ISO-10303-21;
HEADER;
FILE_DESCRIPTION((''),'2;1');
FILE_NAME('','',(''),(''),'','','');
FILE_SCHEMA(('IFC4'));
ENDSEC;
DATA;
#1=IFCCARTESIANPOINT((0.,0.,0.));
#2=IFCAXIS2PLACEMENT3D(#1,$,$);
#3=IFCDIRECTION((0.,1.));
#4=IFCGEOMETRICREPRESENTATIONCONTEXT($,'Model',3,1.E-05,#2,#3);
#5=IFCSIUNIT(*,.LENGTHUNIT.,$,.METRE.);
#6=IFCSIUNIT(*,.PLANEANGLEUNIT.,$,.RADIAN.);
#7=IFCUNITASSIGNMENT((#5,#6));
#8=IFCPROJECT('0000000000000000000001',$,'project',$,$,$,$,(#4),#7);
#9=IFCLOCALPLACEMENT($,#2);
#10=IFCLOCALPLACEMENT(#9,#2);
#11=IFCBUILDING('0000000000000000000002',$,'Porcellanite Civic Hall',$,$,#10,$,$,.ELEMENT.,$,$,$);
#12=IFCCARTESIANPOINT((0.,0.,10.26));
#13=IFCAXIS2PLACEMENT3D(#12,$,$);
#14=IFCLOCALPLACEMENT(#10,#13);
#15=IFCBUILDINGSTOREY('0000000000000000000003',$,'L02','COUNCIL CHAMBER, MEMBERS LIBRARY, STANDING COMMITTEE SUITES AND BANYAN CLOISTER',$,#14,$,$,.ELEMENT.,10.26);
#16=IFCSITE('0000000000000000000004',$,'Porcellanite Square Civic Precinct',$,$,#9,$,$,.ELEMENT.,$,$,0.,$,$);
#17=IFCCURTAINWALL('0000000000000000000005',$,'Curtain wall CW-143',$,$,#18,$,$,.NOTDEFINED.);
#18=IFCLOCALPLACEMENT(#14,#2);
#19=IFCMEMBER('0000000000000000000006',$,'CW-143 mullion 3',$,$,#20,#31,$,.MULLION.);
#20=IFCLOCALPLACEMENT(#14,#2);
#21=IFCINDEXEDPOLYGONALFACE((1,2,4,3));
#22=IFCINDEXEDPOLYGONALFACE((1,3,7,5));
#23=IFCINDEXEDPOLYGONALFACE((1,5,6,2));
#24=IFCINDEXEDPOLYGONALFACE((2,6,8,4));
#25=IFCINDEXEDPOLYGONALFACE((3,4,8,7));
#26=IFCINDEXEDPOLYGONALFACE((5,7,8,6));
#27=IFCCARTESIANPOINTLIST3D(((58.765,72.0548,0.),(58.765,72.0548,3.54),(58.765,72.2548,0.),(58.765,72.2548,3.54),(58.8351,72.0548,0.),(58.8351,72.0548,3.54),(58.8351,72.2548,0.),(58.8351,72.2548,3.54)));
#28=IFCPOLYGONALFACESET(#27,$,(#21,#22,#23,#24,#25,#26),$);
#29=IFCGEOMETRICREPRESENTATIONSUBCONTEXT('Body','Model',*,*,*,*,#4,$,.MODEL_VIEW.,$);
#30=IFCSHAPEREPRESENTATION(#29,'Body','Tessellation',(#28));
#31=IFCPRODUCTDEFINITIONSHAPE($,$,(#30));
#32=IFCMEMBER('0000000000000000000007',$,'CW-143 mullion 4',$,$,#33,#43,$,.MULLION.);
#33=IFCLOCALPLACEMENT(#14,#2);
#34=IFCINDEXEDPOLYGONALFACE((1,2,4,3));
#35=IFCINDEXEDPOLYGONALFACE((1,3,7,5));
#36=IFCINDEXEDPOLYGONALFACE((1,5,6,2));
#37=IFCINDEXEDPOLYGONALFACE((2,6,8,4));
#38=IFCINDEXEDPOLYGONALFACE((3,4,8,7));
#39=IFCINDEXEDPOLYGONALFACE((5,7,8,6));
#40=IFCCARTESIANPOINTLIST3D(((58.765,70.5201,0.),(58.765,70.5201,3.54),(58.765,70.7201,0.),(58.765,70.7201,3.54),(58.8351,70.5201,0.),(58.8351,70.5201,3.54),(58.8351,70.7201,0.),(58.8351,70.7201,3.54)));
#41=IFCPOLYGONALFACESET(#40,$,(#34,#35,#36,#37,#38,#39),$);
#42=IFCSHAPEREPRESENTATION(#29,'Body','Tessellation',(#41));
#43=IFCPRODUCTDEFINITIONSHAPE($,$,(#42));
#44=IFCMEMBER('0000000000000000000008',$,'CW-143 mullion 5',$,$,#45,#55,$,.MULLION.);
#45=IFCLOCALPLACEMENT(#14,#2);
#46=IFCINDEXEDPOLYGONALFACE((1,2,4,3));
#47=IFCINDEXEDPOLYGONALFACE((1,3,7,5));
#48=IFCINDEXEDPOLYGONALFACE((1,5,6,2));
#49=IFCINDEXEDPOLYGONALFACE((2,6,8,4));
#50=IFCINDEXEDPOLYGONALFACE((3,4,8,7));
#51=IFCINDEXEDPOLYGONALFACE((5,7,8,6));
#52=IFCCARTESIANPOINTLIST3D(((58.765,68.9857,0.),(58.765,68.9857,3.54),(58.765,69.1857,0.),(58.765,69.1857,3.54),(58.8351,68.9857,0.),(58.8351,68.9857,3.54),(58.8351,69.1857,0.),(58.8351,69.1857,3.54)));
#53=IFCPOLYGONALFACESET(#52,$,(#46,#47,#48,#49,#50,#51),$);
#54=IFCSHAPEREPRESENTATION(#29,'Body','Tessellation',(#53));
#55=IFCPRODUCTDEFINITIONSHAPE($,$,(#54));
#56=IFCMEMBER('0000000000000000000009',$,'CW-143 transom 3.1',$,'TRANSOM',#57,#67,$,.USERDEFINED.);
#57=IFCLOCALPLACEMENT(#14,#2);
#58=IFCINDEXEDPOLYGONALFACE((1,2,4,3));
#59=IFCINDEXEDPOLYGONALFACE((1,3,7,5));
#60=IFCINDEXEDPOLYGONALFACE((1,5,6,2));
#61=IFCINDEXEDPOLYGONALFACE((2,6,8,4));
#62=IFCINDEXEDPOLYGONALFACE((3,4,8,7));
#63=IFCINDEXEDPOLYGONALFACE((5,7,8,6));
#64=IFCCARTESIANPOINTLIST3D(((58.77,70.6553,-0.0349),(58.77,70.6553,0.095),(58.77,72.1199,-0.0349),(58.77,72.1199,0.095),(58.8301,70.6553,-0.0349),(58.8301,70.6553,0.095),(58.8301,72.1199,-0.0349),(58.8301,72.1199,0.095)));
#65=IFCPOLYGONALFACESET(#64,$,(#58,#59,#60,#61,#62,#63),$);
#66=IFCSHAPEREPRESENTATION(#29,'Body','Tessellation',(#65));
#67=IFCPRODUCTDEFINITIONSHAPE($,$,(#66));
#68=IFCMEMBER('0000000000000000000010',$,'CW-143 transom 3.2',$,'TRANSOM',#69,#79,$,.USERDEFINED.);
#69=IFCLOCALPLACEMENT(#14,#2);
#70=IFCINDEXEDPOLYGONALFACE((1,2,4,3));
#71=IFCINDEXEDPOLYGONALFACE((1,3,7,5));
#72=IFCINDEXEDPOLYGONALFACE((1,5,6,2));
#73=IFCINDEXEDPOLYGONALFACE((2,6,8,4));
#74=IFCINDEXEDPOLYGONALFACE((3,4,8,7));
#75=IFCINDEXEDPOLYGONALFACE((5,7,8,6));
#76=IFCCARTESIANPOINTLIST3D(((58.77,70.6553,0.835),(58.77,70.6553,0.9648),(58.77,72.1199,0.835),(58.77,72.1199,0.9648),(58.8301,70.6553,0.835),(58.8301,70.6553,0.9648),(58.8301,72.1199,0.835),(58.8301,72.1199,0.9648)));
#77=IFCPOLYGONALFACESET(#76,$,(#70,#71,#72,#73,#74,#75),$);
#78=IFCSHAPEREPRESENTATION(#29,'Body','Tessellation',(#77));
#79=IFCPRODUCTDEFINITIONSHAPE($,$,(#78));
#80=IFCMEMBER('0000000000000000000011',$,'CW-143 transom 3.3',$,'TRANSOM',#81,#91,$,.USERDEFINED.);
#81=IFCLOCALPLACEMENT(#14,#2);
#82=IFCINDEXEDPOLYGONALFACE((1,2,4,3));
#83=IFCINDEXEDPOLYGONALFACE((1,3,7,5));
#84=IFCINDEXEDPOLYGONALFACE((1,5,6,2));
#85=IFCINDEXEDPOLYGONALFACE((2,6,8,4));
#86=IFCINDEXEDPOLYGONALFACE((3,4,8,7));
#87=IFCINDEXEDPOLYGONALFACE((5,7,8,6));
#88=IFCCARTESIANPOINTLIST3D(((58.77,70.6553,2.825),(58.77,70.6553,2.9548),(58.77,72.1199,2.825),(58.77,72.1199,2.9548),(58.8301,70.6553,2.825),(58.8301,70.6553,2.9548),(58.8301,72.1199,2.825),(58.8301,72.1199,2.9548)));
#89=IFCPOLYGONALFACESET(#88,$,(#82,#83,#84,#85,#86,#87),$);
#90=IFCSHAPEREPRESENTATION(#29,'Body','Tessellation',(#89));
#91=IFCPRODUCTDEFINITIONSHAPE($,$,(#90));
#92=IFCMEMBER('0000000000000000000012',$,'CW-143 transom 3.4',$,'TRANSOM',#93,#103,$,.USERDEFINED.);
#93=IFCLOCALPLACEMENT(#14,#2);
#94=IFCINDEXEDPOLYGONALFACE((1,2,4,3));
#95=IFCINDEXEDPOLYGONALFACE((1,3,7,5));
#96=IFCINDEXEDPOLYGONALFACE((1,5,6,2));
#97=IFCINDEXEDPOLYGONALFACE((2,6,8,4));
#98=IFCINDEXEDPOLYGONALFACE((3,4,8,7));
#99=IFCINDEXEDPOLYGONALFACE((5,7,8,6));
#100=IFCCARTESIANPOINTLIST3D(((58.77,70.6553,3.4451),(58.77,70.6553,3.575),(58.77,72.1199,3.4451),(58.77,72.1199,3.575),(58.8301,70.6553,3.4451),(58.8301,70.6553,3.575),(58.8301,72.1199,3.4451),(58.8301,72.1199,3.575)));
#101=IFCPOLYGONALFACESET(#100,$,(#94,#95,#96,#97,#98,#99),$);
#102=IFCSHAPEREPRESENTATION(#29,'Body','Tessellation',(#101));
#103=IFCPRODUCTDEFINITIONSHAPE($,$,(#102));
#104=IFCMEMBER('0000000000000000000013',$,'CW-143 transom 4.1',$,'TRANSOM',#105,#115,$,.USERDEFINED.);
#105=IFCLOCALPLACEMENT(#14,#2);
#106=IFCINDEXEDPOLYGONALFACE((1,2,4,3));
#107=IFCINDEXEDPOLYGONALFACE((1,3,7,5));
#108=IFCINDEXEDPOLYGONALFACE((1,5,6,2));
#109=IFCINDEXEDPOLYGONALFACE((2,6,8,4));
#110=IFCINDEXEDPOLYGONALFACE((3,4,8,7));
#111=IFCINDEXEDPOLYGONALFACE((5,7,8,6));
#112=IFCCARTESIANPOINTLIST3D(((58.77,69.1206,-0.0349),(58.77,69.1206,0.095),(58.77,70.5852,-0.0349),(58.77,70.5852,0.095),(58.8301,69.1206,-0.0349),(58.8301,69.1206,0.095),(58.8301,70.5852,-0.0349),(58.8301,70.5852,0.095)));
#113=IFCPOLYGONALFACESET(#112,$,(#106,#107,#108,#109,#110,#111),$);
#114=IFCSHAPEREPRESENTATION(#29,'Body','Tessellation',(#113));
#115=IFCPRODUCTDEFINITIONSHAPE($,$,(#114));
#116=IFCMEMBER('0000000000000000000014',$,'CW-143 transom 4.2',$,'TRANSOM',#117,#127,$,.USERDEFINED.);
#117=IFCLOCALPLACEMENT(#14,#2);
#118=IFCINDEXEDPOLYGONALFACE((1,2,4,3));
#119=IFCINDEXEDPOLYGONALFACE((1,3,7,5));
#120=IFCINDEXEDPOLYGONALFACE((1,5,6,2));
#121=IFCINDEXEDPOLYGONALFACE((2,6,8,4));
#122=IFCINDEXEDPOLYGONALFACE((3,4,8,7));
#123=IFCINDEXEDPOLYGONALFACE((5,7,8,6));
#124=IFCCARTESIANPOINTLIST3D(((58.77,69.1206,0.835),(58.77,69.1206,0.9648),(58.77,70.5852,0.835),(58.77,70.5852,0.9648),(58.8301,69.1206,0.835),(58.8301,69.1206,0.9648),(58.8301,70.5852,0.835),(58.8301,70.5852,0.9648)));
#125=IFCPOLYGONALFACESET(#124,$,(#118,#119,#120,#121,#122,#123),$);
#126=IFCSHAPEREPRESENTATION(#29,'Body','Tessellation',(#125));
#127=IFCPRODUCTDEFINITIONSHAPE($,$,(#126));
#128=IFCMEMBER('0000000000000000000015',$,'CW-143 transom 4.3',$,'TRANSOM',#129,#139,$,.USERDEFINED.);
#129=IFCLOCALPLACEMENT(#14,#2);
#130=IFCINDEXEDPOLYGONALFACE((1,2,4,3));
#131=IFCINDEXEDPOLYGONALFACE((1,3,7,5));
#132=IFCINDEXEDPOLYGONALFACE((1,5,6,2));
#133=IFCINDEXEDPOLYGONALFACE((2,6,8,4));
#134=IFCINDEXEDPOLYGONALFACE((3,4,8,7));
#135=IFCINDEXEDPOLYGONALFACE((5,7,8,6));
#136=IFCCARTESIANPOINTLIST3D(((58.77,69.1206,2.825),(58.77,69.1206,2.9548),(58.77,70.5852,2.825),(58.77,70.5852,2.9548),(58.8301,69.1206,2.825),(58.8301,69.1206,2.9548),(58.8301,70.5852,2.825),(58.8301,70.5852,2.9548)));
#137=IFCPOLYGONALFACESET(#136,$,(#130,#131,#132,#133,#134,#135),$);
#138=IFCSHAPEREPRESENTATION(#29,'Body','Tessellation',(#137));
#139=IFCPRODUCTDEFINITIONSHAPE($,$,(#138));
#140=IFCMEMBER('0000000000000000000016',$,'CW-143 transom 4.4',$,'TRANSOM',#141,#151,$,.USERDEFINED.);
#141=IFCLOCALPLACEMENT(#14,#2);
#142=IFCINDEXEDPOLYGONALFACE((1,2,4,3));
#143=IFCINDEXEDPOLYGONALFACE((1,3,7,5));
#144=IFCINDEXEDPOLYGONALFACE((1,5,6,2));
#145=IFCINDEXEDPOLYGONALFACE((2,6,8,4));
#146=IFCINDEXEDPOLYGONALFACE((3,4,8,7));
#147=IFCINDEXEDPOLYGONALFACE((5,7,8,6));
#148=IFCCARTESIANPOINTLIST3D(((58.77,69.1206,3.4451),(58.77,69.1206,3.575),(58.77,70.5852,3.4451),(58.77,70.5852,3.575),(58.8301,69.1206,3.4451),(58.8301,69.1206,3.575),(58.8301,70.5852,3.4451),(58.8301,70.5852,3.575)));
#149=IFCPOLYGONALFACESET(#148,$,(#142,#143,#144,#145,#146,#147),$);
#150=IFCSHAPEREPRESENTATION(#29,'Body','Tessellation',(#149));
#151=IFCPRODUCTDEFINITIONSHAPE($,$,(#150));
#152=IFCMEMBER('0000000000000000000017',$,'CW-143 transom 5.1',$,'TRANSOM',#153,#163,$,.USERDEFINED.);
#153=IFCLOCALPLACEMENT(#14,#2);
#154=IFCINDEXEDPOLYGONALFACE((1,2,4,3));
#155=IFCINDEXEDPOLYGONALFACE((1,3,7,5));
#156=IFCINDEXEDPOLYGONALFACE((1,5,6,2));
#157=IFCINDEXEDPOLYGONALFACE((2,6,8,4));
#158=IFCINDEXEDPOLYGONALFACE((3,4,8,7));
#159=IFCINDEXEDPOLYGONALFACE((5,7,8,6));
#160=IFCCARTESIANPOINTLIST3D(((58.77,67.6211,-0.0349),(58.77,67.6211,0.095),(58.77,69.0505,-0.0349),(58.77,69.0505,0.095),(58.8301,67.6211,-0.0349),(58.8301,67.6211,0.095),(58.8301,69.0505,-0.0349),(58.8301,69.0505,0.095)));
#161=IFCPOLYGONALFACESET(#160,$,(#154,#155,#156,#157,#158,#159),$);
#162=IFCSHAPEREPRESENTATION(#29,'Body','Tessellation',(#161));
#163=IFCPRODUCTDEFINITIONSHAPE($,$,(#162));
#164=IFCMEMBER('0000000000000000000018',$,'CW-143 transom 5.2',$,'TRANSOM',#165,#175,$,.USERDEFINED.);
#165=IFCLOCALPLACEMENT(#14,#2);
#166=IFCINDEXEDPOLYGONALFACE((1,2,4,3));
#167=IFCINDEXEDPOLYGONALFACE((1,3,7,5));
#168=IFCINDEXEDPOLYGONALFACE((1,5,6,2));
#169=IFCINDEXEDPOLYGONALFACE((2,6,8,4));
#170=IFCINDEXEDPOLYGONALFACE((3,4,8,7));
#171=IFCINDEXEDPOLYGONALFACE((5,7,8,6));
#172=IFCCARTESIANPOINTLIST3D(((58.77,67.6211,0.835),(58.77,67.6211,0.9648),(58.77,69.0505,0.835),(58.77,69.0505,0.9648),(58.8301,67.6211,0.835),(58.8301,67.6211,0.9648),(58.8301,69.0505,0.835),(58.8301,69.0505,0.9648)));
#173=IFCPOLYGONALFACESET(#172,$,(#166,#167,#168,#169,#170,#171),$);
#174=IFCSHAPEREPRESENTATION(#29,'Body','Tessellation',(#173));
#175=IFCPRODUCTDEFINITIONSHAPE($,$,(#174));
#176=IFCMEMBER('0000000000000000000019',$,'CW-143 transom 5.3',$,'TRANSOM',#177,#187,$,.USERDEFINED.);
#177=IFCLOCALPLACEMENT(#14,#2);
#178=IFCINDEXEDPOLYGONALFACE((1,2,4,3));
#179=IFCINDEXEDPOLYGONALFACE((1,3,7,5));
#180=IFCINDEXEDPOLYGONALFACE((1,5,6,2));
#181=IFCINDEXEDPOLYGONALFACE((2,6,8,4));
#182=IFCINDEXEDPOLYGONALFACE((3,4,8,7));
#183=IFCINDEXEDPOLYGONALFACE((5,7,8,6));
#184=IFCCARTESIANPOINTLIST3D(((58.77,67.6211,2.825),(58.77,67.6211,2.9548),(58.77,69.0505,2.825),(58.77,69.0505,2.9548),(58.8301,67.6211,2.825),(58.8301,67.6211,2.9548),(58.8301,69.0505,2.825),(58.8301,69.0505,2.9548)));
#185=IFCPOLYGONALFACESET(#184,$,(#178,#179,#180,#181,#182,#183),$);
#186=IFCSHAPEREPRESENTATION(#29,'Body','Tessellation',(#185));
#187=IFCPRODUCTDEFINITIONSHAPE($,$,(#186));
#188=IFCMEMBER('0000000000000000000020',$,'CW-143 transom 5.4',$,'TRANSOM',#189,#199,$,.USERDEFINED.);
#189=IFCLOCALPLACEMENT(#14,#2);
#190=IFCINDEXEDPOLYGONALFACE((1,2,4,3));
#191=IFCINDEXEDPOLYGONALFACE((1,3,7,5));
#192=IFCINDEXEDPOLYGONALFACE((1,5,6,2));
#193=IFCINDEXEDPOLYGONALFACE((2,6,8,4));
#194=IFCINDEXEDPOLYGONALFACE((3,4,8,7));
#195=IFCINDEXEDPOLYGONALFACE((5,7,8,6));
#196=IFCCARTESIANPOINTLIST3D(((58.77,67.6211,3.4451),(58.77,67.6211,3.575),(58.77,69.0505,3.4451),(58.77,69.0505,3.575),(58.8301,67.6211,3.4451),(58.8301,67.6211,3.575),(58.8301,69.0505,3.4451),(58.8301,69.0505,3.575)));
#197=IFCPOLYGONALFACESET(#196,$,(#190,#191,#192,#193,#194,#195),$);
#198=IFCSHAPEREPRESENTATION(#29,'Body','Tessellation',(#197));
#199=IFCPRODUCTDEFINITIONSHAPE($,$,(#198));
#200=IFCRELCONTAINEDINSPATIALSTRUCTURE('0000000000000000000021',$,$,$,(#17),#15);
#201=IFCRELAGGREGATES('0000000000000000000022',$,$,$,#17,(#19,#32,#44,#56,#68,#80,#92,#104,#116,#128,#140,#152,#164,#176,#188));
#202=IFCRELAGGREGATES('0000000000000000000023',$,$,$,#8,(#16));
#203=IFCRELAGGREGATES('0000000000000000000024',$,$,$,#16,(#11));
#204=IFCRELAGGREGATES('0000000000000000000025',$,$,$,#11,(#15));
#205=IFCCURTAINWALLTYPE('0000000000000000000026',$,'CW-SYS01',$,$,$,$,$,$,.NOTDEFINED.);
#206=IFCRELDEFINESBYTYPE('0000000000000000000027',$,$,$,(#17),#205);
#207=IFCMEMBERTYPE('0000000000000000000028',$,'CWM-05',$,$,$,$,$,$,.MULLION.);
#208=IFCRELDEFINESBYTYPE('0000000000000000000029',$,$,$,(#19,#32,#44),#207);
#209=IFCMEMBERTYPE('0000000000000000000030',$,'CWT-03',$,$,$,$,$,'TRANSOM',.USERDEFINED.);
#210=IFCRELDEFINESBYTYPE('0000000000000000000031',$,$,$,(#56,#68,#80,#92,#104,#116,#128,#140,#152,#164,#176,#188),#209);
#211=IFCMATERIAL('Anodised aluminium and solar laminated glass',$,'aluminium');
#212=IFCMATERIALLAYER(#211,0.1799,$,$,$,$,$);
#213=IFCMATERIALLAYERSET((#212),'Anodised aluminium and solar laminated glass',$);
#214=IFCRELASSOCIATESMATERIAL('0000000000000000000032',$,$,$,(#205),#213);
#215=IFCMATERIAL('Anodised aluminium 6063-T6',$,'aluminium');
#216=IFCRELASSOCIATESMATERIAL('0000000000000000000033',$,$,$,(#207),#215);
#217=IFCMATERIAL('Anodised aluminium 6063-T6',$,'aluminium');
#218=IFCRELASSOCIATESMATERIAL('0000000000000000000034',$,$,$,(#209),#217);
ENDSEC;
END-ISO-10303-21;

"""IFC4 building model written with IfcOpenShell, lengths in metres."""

from ifc_helpers import new_model, si_unit, direction, frame, origin, origin_2d, place, context, subcontext, project, spatial, rectangle, extrude, material, layer, layer_set, material_profile, profile_set, type_object, element, aggregate, save


model = new_model("IFC4")

# Units and contexts
model_context = context("Model", 3, precision=1e-05, world=origin(), true_north=direction((0.0, 1.0)))
body_context = subcontext(model_context, "Body", "Model", "MODEL_VIEW")
ifc_project = project(units=[si_unit("LENGTHUNIT", "METRE"), si_unit("PLANEANGLEUNIT", "RADIAN")], contexts=[model_context])

# Site, building, storey
site_placement = place(None, origin())
site = spatial("IfcSite", under=ifc_project, at=site_placement, Name="Porcellanite Square Civic Precinct", CompositionType="ELEMENT", RefElevation=0.0)
building_placement = place(site_placement, origin())
building = spatial("IfcBuilding", under=site, at=building_placement, Name="Porcellanite Civic Hall", CompositionType="ELEMENT")
storey_placement = place(building_placement, frame((0.0, 0.0, 10.26)))
storey = spatial("IfcBuildingStorey", under=building, at=storey_placement, Name="L02", Description="COUNCIL CHAMBER, MEMBERS LIBRARY, STANDING COMMITTEE SUITES AND BANYAN CLOISTER", CompositionType="ELEMENT", Elevation=10.26)

# Curtain wall, members
ifc_material_1 = material(Name="Anodised aluminium and solar laminated glass", Category="aluminium")
ifc_layer_1 = layer(ifc_material_1, 0.1799)
ifc_layer_set_1 = layer_set([ifc_layer_1], Name="Anodised aluminium and solar laminated glass")
curtain_wall_type = type_object("IfcCurtainWallType", Name="CW-SYS01", PredefinedType="NOTDEFINED", material=ifc_layer_set_1)
curtain_wall_placement = place(storey_placement, origin())
curtain_wall = element("IfcCurtainWall", 1, at=curtain_wall_placement, inside=storey, type_object=curtain_wall_type, Name="Curtain wall CW-143", PredefinedType="NOTDEFINED")
ifc_material_2 = material(Name="Anodised aluminium 6063-T6", Category="aluminium")
ifc_material_profile_1 = material_profile(ifc_material_2, rectangle(XDim=0.0701, YDim=0.2, at=origin_2d()), Name="AL-70x200")
ifc_profile_set_1 = profile_set([ifc_material_profile_1], Name="Anodised aluminium 6063-T6")
member_type_1 = type_object("IfcMemberType", Name="CWM-05", PredefinedType="MULLION", material=ifc_profile_set_1)
member_1_placement = place(storey_placement, frame((58.8, 72.1548, 0.0), z_axis=(0.0, 0.0, 1.0), x_axis=(1.0, 0.0, 0.0)))
member_1 = element("IfcMember", 2, at=member_1_placement, type_object=member_type_1, Name="CW-143 mullion 3", PredefinedType="MULLION", context=body_context, shape_type="SweptSolid", body=[
    extrude(rectangle(XDim=0.0701, YDim=0.2, at=origin_2d()), origin(), (0.0, 0.0, 1.0), 3.54),
])
member_2_placement = place(storey_placement, frame((58.8, 70.6201, 0.0), z_axis=(0.0, 0.0, 1.0), x_axis=(1.0, 0.0, 0.0)))
member_2 = element("IfcMember", 3, at=member_2_placement, type_object=member_type_1, Name="CW-143 mullion 4", PredefinedType="MULLION", context=body_context, shape_type="SweptSolid", body=[
    extrude(rectangle(XDim=0.0701, YDim=0.2, at=origin_2d()), origin(), (0.0, 0.0, 1.0), 3.54),
])
member_3_placement = place(storey_placement, frame((58.8, 69.0857, 0.0), z_axis=(0.0, 0.0, 1.0), x_axis=(1.0, 0.0, 0.0)))
member_3 = element("IfcMember", 4, at=member_3_placement, type_object=member_type_1, Name="CW-143 mullion 5", PredefinedType="MULLION", context=body_context, shape_type="SweptSolid", body=[
    extrude(rectangle(XDim=0.0701, YDim=0.2, at=origin_2d()), origin(), (0.0, 0.0, 1.0), 3.54),
])
ifc_material_3 = material(Name="Anodised aluminium 6063-T6", Category="aluminium")
ifc_material_profile_2 = material_profile(ifc_material_3, rectangle(XDim=0.0601, YDim=0.1299, at=origin_2d()), Name="AL-60x130")
ifc_profile_set_2 = profile_set([ifc_material_profile_2], Name="Anodised aluminium 6063-T6")
member_type_2 = type_object("IfcMemberType", Name="CWT-03", ElementType="TRANSOM", PredefinedType="USERDEFINED", material=ifc_profile_set_2)
member_4_placement = place(storey_placement, frame((58.8, 72.1199, 0.03), z_axis=(0.0, -1.0, 0.0), x_axis=(1.0, 0.0, 0.0)))
member_4 = element("IfcMember", 5, at=member_4_placement, type_object=member_type_2, Name="CW-143 transom 3.1", ObjectType="TRANSOM", PredefinedType="USERDEFINED", context=body_context, shape_type="SweptSolid", body=[
    extrude(rectangle(XDim=0.0601, YDim=0.1299, at=origin_2d()), origin(), (0.0, 0.0, 1.0), 1.4646),
])
member_5_placement = place(storey_placement, frame((58.8, 72.1199, 0.8999), z_axis=(0.0, -1.0, 0.0), x_axis=(1.0, 0.0, 0.0)))
member_5 = element("IfcMember", 6, at=member_5_placement, type_object=member_type_2, Name="CW-143 transom 3.2", ObjectType="TRANSOM", PredefinedType="USERDEFINED", context=body_context, shape_type="SweptSolid", body=[
    extrude(rectangle(XDim=0.0601, YDim=0.1299, at=origin_2d()), origin(), (0.0, 0.0, 1.0), 1.4646),
])
member_6_placement = place(storey_placement, frame((58.8, 72.1199, 2.8899), z_axis=(0.0, -1.0, 0.0), x_axis=(1.0, 0.0, 0.0)))
member_6 = element("IfcMember", 7, at=member_6_placement, type_object=member_type_2, Name="CW-143 transom 3.3", ObjectType="TRANSOM", PredefinedType="USERDEFINED", context=body_context, shape_type="SweptSolid", body=[
    extrude(rectangle(XDim=0.0601, YDim=0.1299, at=origin_2d()), origin(), (0.0, 0.0, 1.0), 1.4646),
])
member_7_placement = place(storey_placement, frame((58.8, 72.1199, 3.51), z_axis=(0.0, -1.0, 0.0), x_axis=(1.0, 0.0, 0.0)))
member_7 = element("IfcMember", 8, at=member_7_placement, type_object=member_type_2, Name="CW-143 transom 3.4", ObjectType="TRANSOM", PredefinedType="USERDEFINED", context=body_context, shape_type="SweptSolid", body=[
    extrude(rectangle(XDim=0.0601, YDim=0.1299, at=origin_2d()), origin(), (0.0, 0.0, 1.0), 1.4646),
])
member_8_placement = place(storey_placement, frame((58.8, 70.5852, 0.03), z_axis=(0.0, -1.0, 0.0), x_axis=(1.0, 0.0, 0.0)))
member_8 = element("IfcMember", 9, at=member_8_placement, type_object=member_type_2, Name="CW-143 transom 4.1", ObjectType="TRANSOM", PredefinedType="USERDEFINED", context=body_context, shape_type="SweptSolid", body=[
    extrude(rectangle(XDim=0.0601, YDim=0.1299, at=origin_2d()), origin(), (0.0, 0.0, 1.0), 1.4646),
])
member_9_placement = place(storey_placement, frame((58.8, 70.5852, 0.8999), z_axis=(0.0, -1.0, 0.0), x_axis=(1.0, 0.0, 0.0)))
member_9 = element("IfcMember", 10, at=member_9_placement, type_object=member_type_2, Name="CW-143 transom 4.2", ObjectType="TRANSOM", PredefinedType="USERDEFINED", context=body_context, shape_type="SweptSolid", body=[
    extrude(rectangle(XDim=0.0601, YDim=0.1299, at=origin_2d()), origin(), (0.0, 0.0, 1.0), 1.4646),
])
member_10_placement = place(storey_placement, frame((58.8, 70.5852, 2.8899), z_axis=(0.0, -1.0, 0.0), x_axis=(1.0, 0.0, 0.0)))
member_10 = element("IfcMember", 11, at=member_10_placement, type_object=member_type_2, Name="CW-143 transom 4.3", ObjectType="TRANSOM", PredefinedType="USERDEFINED", context=body_context, shape_type="SweptSolid", body=[
    extrude(rectangle(XDim=0.0601, YDim=0.1299, at=origin_2d()), origin(), (0.0, 0.0, 1.0), 1.4646),
])
member_11_placement = place(storey_placement, frame((58.8, 70.5852, 3.51), z_axis=(0.0, -1.0, 0.0), x_axis=(1.0, 0.0, 0.0)))
member_11 = element("IfcMember", 12, at=member_11_placement, type_object=member_type_2, Name="CW-143 transom 4.4", ObjectType="TRANSOM", PredefinedType="USERDEFINED", context=body_context, shape_type="SweptSolid", body=[
    extrude(rectangle(XDim=0.0601, YDim=0.1299, at=origin_2d()), origin(), (0.0, 0.0, 1.0), 1.4646),
])
member_12_placement = place(storey_placement, frame((58.8, 69.0505, 0.03), z_axis=(0.0, -1.0, 0.0), x_axis=(1.0, 0.0, 0.0)))
member_12 = element("IfcMember", 13, at=member_12_placement, type_object=member_type_2, Name="CW-143 transom 5.1", ObjectType="TRANSOM", PredefinedType="USERDEFINED", context=body_context, shape_type="SweptSolid", body=[
    extrude(rectangle(XDim=0.0601, YDim=0.1299, at=origin_2d()), origin(), (0.0, 0.0, 1.0), 1.4294),
])
member_13_placement = place(storey_placement, frame((58.8, 69.0505, 0.8999), z_axis=(0.0, -1.0, 0.0), x_axis=(1.0, 0.0, 0.0)))
member_13 = element("IfcMember", 14, at=member_13_placement, type_object=member_type_2, Name="CW-143 transom 5.2", ObjectType="TRANSOM", PredefinedType="USERDEFINED", context=body_context, shape_type="SweptSolid", body=[
    extrude(rectangle(XDim=0.0601, YDim=0.1299, at=origin_2d()), origin(), (0.0, 0.0, 1.0), 1.4294),
])
member_14_placement = place(storey_placement, frame((58.8, 69.0505, 2.8899), z_axis=(0.0, -1.0, 0.0), x_axis=(1.0, 0.0, 0.0)))
member_14 = element("IfcMember", 15, at=member_14_placement, type_object=member_type_2, Name="CW-143 transom 5.3", ObjectType="TRANSOM", PredefinedType="USERDEFINED", context=body_context, shape_type="SweptSolid", body=[
    extrude(rectangle(XDim=0.0601, YDim=0.1299, at=origin_2d()), origin(), (0.0, 0.0, 1.0), 1.4294),
])
member_15_placement = place(storey_placement, frame((58.8, 69.0505, 3.51), z_axis=(0.0, -1.0, 0.0), x_axis=(1.0, 0.0, 0.0)))
member_15 = element("IfcMember", 16, at=member_15_placement, type_object=member_type_2, Name="CW-143 transom 5.4", ObjectType="TRANSOM", PredefinedType="USERDEFINED", context=body_context, shape_type="SweptSolid", body=[
    extrude(rectangle(XDim=0.0601, YDim=0.1299, at=origin_2d()), origin(), (0.0, 0.0, 1.0), 1.4294),
])
aggregate(curtain_wall, [member_1, member_2, member_3, member_4, member_5, member_6, member_7, member_8, member_9, member_10, member_11, member_12, member_13, member_14, member_15])

save(model, "model.ifc")
